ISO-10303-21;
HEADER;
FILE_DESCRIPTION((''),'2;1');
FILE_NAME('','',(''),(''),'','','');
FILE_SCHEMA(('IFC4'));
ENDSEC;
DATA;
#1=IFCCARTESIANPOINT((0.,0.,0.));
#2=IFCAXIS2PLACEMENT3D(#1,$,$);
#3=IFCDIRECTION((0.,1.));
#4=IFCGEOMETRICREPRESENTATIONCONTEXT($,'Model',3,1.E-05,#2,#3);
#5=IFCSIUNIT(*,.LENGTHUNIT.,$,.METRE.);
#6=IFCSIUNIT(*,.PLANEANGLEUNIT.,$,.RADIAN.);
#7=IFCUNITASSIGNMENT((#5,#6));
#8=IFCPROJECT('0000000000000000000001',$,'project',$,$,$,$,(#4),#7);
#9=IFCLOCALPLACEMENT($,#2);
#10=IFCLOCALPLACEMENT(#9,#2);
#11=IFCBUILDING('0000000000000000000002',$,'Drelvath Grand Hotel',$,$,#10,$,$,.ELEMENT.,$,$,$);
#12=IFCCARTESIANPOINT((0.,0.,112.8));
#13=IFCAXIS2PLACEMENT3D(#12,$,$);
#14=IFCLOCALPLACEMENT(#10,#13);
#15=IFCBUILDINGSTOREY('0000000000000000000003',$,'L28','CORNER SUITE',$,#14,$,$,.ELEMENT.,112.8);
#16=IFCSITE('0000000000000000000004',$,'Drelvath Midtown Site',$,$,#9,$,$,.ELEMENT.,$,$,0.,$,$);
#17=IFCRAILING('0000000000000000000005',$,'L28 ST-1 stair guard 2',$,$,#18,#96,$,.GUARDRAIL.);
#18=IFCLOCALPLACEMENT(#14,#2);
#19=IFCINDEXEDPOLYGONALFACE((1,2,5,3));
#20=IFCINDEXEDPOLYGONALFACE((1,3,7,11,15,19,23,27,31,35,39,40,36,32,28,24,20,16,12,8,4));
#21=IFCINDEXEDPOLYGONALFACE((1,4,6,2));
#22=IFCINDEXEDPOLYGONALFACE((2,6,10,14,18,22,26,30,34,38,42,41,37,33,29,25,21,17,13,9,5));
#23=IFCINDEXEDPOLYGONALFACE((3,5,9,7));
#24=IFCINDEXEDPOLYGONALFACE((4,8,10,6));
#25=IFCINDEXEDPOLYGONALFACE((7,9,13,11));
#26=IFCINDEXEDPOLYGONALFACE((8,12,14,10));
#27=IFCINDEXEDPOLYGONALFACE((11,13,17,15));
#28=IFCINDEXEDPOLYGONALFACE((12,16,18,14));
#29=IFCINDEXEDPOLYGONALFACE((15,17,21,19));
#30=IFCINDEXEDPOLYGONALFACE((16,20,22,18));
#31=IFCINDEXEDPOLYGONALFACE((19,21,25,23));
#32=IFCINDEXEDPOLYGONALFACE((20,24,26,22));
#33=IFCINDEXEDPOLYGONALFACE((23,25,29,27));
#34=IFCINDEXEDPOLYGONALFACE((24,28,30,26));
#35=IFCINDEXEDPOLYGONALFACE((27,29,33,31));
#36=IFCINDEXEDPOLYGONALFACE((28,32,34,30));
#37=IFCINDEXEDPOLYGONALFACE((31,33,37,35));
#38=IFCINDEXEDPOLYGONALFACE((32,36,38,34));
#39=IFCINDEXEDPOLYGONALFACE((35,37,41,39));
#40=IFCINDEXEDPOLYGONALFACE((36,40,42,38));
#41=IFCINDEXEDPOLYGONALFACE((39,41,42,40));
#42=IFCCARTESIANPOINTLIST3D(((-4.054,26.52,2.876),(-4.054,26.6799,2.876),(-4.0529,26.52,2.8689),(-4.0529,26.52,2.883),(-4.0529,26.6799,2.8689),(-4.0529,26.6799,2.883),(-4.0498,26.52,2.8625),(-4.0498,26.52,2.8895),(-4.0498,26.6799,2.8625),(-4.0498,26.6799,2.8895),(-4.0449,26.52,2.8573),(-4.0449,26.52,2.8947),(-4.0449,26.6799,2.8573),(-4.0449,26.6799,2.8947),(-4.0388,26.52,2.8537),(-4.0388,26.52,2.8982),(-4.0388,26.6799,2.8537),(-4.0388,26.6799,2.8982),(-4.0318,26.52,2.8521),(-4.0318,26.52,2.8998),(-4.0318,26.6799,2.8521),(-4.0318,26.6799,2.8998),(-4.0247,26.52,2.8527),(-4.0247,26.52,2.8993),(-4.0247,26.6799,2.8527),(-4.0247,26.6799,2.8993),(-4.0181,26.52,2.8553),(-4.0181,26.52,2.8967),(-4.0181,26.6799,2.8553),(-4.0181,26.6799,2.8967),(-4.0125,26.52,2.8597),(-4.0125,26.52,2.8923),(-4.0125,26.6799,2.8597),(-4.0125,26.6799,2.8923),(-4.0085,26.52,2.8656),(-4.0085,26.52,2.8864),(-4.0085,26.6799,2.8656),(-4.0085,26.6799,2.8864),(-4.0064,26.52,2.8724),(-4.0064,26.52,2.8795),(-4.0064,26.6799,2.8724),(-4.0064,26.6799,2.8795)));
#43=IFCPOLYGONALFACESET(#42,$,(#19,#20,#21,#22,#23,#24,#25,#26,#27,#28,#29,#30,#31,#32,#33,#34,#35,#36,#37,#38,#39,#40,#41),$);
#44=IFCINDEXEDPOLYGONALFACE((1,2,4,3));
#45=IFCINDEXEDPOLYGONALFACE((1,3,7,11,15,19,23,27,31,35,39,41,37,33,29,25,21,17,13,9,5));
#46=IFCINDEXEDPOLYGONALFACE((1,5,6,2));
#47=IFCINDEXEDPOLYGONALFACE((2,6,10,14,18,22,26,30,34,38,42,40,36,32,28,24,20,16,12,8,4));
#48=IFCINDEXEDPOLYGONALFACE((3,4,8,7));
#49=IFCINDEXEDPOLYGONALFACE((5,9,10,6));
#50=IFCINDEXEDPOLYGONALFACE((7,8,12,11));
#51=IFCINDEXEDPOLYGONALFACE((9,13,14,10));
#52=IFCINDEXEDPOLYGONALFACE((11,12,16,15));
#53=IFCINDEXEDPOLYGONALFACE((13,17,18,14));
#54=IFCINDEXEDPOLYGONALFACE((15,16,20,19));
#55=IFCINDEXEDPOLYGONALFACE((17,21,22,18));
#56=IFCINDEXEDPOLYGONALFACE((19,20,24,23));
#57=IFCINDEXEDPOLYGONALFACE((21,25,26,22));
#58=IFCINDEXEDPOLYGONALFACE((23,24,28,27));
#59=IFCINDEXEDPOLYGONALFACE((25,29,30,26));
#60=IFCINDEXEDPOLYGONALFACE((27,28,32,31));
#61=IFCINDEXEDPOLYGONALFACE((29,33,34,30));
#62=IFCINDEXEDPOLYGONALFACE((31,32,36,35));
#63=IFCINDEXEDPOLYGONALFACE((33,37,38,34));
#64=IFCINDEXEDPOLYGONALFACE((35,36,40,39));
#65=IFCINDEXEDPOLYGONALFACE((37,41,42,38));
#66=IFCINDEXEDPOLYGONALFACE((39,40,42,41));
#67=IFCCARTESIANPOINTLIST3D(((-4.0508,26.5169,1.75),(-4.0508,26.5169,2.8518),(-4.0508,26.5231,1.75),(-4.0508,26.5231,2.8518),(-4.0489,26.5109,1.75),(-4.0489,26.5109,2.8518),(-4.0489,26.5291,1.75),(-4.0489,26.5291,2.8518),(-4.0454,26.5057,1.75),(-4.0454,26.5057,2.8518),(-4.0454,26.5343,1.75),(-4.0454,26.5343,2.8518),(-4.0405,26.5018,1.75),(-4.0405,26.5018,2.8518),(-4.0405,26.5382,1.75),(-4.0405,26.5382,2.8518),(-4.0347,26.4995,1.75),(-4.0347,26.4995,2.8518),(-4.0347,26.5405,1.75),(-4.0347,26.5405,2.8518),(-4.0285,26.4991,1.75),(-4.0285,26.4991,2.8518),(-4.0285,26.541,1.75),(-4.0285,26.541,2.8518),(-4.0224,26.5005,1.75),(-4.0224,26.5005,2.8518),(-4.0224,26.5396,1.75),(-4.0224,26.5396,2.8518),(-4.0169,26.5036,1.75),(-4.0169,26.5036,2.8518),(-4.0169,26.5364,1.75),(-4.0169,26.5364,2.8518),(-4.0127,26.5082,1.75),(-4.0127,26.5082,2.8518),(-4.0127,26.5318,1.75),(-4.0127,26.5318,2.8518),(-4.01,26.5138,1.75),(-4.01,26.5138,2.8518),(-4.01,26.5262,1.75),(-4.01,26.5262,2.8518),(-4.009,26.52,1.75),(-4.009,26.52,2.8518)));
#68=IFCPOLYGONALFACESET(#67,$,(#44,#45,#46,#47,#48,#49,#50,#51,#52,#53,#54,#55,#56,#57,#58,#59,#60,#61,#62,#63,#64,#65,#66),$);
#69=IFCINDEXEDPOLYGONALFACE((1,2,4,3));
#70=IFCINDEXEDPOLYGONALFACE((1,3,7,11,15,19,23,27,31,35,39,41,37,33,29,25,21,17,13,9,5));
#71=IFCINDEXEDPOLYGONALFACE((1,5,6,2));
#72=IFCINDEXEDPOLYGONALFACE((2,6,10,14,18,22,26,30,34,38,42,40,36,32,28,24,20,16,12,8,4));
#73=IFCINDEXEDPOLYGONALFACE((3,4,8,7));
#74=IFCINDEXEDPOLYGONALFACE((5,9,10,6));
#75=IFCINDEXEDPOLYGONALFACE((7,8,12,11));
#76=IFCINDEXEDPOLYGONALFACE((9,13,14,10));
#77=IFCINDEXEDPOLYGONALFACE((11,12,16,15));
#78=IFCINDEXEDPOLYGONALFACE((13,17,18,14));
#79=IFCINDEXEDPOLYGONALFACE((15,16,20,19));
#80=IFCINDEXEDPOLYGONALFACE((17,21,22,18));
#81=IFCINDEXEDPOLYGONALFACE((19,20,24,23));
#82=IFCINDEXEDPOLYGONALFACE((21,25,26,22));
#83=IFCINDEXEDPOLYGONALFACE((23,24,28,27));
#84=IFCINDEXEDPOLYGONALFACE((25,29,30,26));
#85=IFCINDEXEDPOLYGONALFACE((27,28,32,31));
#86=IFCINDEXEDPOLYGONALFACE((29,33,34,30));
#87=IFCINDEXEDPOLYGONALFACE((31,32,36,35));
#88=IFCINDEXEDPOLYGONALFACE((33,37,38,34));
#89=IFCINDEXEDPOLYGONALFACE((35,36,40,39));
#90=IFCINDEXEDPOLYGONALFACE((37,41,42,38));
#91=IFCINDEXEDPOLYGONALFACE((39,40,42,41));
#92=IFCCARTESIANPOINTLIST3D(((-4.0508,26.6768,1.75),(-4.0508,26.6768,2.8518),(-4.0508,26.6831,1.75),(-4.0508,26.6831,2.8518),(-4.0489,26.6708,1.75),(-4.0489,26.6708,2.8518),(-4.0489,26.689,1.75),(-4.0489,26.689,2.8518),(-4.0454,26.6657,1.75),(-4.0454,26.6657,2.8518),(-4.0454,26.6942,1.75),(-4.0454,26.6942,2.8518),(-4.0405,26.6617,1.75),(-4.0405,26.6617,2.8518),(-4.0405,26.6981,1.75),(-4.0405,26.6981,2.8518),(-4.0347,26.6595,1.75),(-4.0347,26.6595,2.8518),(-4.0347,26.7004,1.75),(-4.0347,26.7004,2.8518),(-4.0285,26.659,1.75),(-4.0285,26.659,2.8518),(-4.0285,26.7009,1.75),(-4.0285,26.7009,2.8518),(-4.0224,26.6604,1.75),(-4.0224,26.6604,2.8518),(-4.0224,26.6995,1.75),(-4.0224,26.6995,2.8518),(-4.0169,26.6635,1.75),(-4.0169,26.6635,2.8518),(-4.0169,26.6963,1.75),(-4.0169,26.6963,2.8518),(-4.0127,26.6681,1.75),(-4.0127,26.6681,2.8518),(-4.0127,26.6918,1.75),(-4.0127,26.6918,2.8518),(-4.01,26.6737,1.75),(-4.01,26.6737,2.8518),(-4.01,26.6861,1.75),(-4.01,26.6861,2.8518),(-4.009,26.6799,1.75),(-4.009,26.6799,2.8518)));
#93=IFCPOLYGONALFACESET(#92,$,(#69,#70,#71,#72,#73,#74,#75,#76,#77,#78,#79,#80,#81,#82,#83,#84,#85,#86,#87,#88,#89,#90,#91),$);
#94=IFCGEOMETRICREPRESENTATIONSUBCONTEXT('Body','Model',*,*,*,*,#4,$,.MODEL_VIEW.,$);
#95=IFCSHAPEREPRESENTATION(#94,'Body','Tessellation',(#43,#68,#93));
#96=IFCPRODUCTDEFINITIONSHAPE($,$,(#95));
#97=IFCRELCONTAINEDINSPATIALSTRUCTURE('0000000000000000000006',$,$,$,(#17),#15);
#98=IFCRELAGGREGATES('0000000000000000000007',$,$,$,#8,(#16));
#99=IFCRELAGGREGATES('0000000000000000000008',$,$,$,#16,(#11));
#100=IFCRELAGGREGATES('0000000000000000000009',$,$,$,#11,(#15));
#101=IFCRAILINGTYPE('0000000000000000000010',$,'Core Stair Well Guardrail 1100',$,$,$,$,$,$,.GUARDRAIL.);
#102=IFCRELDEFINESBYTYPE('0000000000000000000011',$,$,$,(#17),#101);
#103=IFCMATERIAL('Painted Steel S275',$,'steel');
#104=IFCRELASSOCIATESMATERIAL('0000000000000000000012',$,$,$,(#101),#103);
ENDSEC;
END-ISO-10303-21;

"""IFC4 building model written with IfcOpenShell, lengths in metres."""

from ifc_helpers import new_model, si_unit, direction, frame, origin, origin_2d, place, context, subcontext, project, spatial, circle, extrude, material, type_object, element, save


model = new_model("IFC4")

# Units and contexts
model_context = context("Model", 3, precision=1e-05, world=origin(), true_north=direction((0.0, 1.0)))
body_context = subcontext(model_context, "Body", "Model", "MODEL_VIEW")
ifc_project = project(units=[si_unit("LENGTHUNIT", "METRE"), si_unit("PLANEANGLEUNIT", "RADIAN")], contexts=[model_context])

# Site, building, storey
site_placement = place(None, origin())
site = spatial("IfcSite", under=ifc_project, at=site_placement, Name="Drelvath Midtown Site", CompositionType="ELEMENT", RefElevation=0.0)
building_placement = place(site_placement, origin())
building = spatial("IfcBuilding", under=site, at=building_placement, Name="Drelvath Grand Hotel", CompositionType="ELEMENT")
storey_placement = place(building_placement, frame((0.0, 0.0, 112.8)))
storey = spatial("IfcBuildingStorey", under=building, at=storey_placement, Name="L28", Description="CORNER SUITE", CompositionType="ELEMENT", Elevation=112.8)

# Shared definitions
ifc_material_1 = material(Name="Painted Steel S275", Category="steel")

# Railing
railing_type_1 = type_object("IfcRailingType", Name="Core Stair Well Guardrail 1100", PredefinedType="GUARDRAIL", material=ifc_material_1)
railing_1_placement = place(storey_placement, frame((-4.03, 26.52, 1.75)))
element("IfcRailing", 1, at=railing_1_placement, inside=storey, type_object=railing_type_1, Name="L28 ST-1 stair guard 2", PredefinedType="GUARDRAIL", context=body_context, shape_type="SweptSolid", body=[
    extrude(circle(Radius=0.0239, at=origin_2d()), frame((0.0, 0.0, 1.126), z_axis=(0.0, 1.0, 0.0), x_axis=(-1.0, 0.0, 0.0)), (0.0, 0.0, 1.0), 0.1599),
    extrude(circle(Radius=0.021, at=origin_2d()), origin(), (0.0, 0.0, 1.0), 1.1018),
    extrude(circle(Radius=0.021, at=origin_2d()), frame((0.0, 0.1599, 0.0)), (0.0, 0.0, 1.0), 1.1018),
])

save(model, "model.ifc")
